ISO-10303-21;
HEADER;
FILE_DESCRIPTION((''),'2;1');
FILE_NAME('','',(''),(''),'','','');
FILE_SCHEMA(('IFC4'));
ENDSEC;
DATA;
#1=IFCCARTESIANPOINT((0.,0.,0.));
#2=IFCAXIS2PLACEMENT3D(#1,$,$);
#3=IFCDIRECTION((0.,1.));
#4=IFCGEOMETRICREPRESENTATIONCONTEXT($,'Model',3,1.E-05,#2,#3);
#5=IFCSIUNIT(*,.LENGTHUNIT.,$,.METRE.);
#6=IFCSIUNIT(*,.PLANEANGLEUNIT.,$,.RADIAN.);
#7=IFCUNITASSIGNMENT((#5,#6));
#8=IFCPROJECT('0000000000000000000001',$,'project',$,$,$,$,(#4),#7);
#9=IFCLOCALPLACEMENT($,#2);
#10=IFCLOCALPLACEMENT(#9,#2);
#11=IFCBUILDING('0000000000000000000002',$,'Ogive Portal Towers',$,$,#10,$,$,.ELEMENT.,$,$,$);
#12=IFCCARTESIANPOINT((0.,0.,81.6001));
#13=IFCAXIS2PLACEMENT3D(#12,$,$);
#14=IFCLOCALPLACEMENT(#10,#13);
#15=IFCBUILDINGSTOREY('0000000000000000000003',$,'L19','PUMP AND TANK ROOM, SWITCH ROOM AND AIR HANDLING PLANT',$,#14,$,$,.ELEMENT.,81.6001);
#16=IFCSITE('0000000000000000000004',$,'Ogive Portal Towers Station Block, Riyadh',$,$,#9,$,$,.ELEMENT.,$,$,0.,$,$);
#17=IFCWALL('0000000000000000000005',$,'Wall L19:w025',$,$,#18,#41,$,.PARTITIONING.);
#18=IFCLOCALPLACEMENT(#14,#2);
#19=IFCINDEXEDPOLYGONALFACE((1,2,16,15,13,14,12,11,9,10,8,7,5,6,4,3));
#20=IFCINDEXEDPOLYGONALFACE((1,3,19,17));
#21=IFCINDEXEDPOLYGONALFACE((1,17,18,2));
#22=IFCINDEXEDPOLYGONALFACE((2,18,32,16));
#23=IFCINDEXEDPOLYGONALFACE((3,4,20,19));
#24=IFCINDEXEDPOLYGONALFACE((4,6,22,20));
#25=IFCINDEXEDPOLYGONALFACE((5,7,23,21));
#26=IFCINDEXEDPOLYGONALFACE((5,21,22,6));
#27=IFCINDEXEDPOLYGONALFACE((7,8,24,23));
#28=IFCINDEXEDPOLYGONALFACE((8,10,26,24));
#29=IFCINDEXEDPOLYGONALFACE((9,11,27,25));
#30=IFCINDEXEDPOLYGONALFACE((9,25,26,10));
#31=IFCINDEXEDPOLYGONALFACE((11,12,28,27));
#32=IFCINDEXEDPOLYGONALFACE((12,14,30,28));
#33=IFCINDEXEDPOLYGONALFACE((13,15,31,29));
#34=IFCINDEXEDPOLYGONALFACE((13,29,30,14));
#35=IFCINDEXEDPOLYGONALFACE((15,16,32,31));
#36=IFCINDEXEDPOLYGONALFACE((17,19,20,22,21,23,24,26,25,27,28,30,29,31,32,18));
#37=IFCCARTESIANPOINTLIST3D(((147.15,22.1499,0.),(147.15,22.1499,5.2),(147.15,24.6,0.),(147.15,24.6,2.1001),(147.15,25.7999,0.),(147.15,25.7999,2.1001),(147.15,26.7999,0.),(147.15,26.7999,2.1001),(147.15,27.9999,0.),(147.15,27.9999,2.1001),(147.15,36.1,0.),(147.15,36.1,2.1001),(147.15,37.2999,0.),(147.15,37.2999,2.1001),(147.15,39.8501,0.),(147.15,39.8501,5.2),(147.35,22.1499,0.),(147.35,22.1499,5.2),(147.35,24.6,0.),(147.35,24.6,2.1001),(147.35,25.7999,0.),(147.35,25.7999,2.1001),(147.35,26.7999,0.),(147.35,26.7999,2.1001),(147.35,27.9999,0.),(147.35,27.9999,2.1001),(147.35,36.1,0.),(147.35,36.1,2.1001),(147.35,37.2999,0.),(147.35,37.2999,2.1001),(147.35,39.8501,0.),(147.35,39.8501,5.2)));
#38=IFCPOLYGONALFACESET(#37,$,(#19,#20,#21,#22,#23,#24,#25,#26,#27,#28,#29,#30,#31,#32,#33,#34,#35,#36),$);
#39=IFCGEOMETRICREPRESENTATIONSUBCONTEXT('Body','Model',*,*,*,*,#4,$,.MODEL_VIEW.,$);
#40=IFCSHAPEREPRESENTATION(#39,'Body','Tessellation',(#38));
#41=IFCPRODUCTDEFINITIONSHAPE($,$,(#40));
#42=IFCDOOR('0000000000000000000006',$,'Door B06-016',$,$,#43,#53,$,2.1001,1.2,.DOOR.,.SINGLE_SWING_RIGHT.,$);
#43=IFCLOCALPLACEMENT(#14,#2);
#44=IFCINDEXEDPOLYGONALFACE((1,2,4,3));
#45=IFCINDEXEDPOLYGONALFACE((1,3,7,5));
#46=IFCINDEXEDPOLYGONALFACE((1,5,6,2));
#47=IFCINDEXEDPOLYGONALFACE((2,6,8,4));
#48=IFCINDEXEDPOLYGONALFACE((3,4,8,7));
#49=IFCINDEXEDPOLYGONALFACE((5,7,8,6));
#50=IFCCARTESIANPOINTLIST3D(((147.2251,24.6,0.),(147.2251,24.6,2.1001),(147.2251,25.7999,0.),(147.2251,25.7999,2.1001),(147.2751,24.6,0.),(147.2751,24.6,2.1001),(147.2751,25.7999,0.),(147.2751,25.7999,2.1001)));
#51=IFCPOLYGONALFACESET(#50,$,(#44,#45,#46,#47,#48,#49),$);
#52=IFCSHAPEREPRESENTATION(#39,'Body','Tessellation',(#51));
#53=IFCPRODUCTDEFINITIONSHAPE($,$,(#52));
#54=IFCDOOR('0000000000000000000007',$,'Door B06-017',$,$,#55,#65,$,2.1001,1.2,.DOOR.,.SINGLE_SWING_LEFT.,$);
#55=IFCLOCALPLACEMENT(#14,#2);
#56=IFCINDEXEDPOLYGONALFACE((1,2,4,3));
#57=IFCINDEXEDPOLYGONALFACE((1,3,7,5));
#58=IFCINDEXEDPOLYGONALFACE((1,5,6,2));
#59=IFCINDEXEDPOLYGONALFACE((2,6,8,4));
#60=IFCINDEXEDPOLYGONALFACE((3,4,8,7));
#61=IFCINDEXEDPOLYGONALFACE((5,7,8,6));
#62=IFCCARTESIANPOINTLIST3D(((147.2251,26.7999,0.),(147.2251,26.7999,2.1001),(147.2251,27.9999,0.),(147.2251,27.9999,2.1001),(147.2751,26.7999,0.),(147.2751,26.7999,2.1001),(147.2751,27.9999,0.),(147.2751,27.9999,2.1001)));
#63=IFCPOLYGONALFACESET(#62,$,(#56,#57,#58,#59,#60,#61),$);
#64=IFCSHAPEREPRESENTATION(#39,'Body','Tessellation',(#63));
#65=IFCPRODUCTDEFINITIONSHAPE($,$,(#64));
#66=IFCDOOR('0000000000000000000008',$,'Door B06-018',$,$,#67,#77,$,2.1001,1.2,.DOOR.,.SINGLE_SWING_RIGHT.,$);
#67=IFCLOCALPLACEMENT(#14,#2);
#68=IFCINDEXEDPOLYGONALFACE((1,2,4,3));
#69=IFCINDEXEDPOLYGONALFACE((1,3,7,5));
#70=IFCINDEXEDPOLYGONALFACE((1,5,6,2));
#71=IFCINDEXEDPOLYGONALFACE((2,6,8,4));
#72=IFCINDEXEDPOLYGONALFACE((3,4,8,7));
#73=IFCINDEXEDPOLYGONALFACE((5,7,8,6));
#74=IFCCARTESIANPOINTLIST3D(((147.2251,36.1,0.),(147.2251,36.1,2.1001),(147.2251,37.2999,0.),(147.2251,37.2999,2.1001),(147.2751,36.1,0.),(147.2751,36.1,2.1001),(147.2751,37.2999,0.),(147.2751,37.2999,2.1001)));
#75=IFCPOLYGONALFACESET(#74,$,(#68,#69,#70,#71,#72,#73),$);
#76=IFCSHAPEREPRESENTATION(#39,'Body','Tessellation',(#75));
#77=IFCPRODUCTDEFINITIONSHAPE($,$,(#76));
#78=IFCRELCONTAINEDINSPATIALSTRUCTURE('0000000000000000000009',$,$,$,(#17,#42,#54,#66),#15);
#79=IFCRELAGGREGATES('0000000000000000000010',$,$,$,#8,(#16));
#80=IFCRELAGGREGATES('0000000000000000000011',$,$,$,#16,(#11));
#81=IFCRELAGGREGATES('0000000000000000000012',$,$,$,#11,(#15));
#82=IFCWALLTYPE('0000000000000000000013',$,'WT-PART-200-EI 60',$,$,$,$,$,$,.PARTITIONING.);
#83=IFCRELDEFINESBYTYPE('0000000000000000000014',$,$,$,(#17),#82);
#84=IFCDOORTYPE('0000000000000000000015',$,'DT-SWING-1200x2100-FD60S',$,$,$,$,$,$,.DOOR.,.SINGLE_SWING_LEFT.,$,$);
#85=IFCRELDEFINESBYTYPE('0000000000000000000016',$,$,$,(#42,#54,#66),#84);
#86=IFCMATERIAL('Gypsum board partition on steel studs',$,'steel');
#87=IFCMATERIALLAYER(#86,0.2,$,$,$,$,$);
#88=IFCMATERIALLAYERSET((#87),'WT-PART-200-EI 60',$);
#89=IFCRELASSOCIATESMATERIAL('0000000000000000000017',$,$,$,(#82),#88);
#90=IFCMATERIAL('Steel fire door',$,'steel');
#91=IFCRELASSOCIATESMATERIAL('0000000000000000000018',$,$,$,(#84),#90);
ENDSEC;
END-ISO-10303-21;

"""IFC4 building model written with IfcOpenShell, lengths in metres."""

from ifc_helpers import new_model, si_unit, direction, frame, frame_2d, origin, place, context, subcontext, project, spatial, rectangle, extrude, material, layer, layer_set, type_object, element, fill, save


model = new_model("IFC4")

# Units and contexts
model_context = context("Model", 3, precision=1e-05, world=origin(), true_north=direction((0.0, 1.0)))
body_context = subcontext(model_context, "Body", "Model", "MODEL_VIEW")
ifc_project = project(units=[si_unit("LENGTHUNIT", "METRE"), si_unit("PLANEANGLEUNIT", "RADIAN")], contexts=[model_context])

# Site, building, storey
site_placement = place(None, origin())
site = spatial("IfcSite", under=ifc_project, at=site_placement, Name="Ogive Portal Towers Station Block, Riyadh", CompositionType="ELEMENT", RefElevation=0.0)
building_placement = place(site_placement, origin())
building = spatial("IfcBuilding", under=site, at=building_placement, Name="Ogive Portal Towers", CompositionType="ELEMENT")
storey_placement = place(building_placement, frame((0.0, 0.0, 81.6001)))
storey = spatial("IfcBuildingStorey", under=building, at=storey_placement, Name="L19", Description="PUMP AND TANK ROOM, SWITCH ROOM AND AIR HANDLING PLANT", CompositionType="ELEMENT", Elevation=81.6001)

# Shared definitions
ifc_material_1 = material(Name="Steel fire door", Category="steel")

# Wall, openings, doors
ifc_material_2 = material(Name="Gypsum board partition on steel studs", Category="steel")
ifc_layer_1 = layer(ifc_material_2, 0.2)
ifc_layer_set_1 = layer_set([ifc_layer_1], Name="WT-PART-200-EI 60")
wall_type_1 = type_object("IfcWallType", Name="WT-PART-200-EI 60", PredefinedType="PARTITIONING", material=ifc_layer_set_1)
wall_1_placement = place(storey_placement, frame((147.25, 22.1499, 0.0), z_axis=(0.0, 0.0, 1.0), x_axis=(0.0, 1.0, 0.0)))
wall_1 = element("IfcWall", 1, at=wall_1_placement, inside=storey, type_object=wall_type_1, Name="Wall L19:w025", PredefinedType="PARTITIONING", context=body_context, shape_type="SweptSolid", body=[
    extrude(rectangle(XDim=17.7002, YDim=0.2, at=frame_2d((8.8501, 0.0))), origin(), (0.0, 0.0, 1.0), 5.2),
])
opening_1_placement = place(wall_1_placement, frame((2.45, 0.0, 0.0)))
opening_1 = element("IfcOpeningElement", 2, at=opening_1_placement, cuts=wall_1, PredefinedType="OPENING", context=body_context, shape_type="SweptSolid", body=[
    extrude(rectangle(XDim=1.2, YDim=2.1001, at=frame_2d((0.6001, 1.05))), frame((0.0, 0.1099, 0.0), z_axis=(0.0, -1.0, 0.0), x_axis=(1.0, 0.0, 0.0)), (0.0, 0.0, 1.0), 0.22),
])
opening_2_placement = place(wall_1_placement, frame((4.6499, 0.0, 0.0)))
opening_2 = element("IfcOpeningElement", 3, at=opening_2_placement, cuts=wall_1, PredefinedType="OPENING", context=body_context, shape_type="SweptSolid", body=[
    extrude(rectangle(XDim=1.2, YDim=2.1001, at=frame_2d((0.6001, 1.05))), frame((0.0, 0.1099, 0.0), z_axis=(0.0, -1.0, 0.0), x_axis=(1.0, 0.0, 0.0)), (0.0, 0.0, 1.0), 0.22),
])
opening_3_placement = place(wall_1_placement, frame((13.95, 0.0, 0.0)))
opening_3 = element("IfcOpeningElement", 4, at=opening_3_placement, cuts=wall_1, PredefinedType="OPENING", context=body_context, shape_type="SweptSolid", body=[
    extrude(rectangle(XDim=1.2, YDim=2.1001, at=frame_2d((0.6001, 1.05))), frame((0.0, 0.1099, 0.0), z_axis=(0.0, -1.0, 0.0), x_axis=(1.0, 0.0, 0.0)), (0.0, 0.0, 1.0), 0.22),
])
door_type_1 = type_object("IfcDoorType", Name="DT-SWING-1200x2100-FD60S", OperationType="SINGLE_SWING_LEFT", PredefinedType="DOOR", material=ifc_material_1)
door_1_placement = place(opening_1_placement, origin())
door_1 = element("IfcDoor", 5, at=door_1_placement, inside=storey, type_object=door_type_1, Name="Door B06-016", OperationType="SINGLE_SWING_RIGHT", OverallHeight=2.1001, OverallWidth=1.2, PredefinedType="DOOR", context=body_context, shape_type="SweptSolid", body=[
    extrude(rectangle(XDim=1.2, YDim=2.1001, at=frame_2d((0.6001, 1.05))), frame((0.0, 0.0249, 0.0), z_axis=(0.0, -1.0, 0.0), x_axis=(1.0, 0.0, 0.0)), (0.0, 0.0, 1.0), 0.05),
])
fill(opening_1, door_1)
door_2_placement = place(opening_2_placement, origin())
door_2 = element("IfcDoor", 6, at=door_2_placement, inside=storey, type_object=door_type_1, Name="Door B06-017", OperationType="SINGLE_SWING_LEFT", OverallHeight=2.1001, OverallWidth=1.2, PredefinedType="DOOR", context=body_context, shape_type="SweptSolid", body=[
    extrude(rectangle(XDim=1.2, YDim=2.1001, at=frame_2d((0.6001, 1.05))), frame((0.0, 0.0249, 0.0), z_axis=(0.0, -1.0, 0.0), x_axis=(1.0, 0.0, 0.0)), (0.0, 0.0, 1.0), 0.05),
])
fill(opening_2, door_2)
door_3_placement = place(opening_3_placement, origin())
door_3 = element("IfcDoor", 7, at=door_3_placement, inside=storey, type_object=door_type_1, Name="Door B06-018", OperationType="SINGLE_SWING_RIGHT", OverallHeight=2.1001, OverallWidth=1.2, PredefinedType="DOOR", context=body_context, shape_type="SweptSolid", body=[
    extrude(rectangle(XDim=1.2, YDim=2.1001, at=frame_2d((0.6001, 1.05))), frame((0.0, 0.0249, 0.0), z_axis=(0.0, -1.0, 0.0), x_axis=(1.0, 0.0, 0.0)), (0.0, 0.0, 1.0), 0.05),
])
fill(opening_3, door_3)

save(model, "model.ifc")
